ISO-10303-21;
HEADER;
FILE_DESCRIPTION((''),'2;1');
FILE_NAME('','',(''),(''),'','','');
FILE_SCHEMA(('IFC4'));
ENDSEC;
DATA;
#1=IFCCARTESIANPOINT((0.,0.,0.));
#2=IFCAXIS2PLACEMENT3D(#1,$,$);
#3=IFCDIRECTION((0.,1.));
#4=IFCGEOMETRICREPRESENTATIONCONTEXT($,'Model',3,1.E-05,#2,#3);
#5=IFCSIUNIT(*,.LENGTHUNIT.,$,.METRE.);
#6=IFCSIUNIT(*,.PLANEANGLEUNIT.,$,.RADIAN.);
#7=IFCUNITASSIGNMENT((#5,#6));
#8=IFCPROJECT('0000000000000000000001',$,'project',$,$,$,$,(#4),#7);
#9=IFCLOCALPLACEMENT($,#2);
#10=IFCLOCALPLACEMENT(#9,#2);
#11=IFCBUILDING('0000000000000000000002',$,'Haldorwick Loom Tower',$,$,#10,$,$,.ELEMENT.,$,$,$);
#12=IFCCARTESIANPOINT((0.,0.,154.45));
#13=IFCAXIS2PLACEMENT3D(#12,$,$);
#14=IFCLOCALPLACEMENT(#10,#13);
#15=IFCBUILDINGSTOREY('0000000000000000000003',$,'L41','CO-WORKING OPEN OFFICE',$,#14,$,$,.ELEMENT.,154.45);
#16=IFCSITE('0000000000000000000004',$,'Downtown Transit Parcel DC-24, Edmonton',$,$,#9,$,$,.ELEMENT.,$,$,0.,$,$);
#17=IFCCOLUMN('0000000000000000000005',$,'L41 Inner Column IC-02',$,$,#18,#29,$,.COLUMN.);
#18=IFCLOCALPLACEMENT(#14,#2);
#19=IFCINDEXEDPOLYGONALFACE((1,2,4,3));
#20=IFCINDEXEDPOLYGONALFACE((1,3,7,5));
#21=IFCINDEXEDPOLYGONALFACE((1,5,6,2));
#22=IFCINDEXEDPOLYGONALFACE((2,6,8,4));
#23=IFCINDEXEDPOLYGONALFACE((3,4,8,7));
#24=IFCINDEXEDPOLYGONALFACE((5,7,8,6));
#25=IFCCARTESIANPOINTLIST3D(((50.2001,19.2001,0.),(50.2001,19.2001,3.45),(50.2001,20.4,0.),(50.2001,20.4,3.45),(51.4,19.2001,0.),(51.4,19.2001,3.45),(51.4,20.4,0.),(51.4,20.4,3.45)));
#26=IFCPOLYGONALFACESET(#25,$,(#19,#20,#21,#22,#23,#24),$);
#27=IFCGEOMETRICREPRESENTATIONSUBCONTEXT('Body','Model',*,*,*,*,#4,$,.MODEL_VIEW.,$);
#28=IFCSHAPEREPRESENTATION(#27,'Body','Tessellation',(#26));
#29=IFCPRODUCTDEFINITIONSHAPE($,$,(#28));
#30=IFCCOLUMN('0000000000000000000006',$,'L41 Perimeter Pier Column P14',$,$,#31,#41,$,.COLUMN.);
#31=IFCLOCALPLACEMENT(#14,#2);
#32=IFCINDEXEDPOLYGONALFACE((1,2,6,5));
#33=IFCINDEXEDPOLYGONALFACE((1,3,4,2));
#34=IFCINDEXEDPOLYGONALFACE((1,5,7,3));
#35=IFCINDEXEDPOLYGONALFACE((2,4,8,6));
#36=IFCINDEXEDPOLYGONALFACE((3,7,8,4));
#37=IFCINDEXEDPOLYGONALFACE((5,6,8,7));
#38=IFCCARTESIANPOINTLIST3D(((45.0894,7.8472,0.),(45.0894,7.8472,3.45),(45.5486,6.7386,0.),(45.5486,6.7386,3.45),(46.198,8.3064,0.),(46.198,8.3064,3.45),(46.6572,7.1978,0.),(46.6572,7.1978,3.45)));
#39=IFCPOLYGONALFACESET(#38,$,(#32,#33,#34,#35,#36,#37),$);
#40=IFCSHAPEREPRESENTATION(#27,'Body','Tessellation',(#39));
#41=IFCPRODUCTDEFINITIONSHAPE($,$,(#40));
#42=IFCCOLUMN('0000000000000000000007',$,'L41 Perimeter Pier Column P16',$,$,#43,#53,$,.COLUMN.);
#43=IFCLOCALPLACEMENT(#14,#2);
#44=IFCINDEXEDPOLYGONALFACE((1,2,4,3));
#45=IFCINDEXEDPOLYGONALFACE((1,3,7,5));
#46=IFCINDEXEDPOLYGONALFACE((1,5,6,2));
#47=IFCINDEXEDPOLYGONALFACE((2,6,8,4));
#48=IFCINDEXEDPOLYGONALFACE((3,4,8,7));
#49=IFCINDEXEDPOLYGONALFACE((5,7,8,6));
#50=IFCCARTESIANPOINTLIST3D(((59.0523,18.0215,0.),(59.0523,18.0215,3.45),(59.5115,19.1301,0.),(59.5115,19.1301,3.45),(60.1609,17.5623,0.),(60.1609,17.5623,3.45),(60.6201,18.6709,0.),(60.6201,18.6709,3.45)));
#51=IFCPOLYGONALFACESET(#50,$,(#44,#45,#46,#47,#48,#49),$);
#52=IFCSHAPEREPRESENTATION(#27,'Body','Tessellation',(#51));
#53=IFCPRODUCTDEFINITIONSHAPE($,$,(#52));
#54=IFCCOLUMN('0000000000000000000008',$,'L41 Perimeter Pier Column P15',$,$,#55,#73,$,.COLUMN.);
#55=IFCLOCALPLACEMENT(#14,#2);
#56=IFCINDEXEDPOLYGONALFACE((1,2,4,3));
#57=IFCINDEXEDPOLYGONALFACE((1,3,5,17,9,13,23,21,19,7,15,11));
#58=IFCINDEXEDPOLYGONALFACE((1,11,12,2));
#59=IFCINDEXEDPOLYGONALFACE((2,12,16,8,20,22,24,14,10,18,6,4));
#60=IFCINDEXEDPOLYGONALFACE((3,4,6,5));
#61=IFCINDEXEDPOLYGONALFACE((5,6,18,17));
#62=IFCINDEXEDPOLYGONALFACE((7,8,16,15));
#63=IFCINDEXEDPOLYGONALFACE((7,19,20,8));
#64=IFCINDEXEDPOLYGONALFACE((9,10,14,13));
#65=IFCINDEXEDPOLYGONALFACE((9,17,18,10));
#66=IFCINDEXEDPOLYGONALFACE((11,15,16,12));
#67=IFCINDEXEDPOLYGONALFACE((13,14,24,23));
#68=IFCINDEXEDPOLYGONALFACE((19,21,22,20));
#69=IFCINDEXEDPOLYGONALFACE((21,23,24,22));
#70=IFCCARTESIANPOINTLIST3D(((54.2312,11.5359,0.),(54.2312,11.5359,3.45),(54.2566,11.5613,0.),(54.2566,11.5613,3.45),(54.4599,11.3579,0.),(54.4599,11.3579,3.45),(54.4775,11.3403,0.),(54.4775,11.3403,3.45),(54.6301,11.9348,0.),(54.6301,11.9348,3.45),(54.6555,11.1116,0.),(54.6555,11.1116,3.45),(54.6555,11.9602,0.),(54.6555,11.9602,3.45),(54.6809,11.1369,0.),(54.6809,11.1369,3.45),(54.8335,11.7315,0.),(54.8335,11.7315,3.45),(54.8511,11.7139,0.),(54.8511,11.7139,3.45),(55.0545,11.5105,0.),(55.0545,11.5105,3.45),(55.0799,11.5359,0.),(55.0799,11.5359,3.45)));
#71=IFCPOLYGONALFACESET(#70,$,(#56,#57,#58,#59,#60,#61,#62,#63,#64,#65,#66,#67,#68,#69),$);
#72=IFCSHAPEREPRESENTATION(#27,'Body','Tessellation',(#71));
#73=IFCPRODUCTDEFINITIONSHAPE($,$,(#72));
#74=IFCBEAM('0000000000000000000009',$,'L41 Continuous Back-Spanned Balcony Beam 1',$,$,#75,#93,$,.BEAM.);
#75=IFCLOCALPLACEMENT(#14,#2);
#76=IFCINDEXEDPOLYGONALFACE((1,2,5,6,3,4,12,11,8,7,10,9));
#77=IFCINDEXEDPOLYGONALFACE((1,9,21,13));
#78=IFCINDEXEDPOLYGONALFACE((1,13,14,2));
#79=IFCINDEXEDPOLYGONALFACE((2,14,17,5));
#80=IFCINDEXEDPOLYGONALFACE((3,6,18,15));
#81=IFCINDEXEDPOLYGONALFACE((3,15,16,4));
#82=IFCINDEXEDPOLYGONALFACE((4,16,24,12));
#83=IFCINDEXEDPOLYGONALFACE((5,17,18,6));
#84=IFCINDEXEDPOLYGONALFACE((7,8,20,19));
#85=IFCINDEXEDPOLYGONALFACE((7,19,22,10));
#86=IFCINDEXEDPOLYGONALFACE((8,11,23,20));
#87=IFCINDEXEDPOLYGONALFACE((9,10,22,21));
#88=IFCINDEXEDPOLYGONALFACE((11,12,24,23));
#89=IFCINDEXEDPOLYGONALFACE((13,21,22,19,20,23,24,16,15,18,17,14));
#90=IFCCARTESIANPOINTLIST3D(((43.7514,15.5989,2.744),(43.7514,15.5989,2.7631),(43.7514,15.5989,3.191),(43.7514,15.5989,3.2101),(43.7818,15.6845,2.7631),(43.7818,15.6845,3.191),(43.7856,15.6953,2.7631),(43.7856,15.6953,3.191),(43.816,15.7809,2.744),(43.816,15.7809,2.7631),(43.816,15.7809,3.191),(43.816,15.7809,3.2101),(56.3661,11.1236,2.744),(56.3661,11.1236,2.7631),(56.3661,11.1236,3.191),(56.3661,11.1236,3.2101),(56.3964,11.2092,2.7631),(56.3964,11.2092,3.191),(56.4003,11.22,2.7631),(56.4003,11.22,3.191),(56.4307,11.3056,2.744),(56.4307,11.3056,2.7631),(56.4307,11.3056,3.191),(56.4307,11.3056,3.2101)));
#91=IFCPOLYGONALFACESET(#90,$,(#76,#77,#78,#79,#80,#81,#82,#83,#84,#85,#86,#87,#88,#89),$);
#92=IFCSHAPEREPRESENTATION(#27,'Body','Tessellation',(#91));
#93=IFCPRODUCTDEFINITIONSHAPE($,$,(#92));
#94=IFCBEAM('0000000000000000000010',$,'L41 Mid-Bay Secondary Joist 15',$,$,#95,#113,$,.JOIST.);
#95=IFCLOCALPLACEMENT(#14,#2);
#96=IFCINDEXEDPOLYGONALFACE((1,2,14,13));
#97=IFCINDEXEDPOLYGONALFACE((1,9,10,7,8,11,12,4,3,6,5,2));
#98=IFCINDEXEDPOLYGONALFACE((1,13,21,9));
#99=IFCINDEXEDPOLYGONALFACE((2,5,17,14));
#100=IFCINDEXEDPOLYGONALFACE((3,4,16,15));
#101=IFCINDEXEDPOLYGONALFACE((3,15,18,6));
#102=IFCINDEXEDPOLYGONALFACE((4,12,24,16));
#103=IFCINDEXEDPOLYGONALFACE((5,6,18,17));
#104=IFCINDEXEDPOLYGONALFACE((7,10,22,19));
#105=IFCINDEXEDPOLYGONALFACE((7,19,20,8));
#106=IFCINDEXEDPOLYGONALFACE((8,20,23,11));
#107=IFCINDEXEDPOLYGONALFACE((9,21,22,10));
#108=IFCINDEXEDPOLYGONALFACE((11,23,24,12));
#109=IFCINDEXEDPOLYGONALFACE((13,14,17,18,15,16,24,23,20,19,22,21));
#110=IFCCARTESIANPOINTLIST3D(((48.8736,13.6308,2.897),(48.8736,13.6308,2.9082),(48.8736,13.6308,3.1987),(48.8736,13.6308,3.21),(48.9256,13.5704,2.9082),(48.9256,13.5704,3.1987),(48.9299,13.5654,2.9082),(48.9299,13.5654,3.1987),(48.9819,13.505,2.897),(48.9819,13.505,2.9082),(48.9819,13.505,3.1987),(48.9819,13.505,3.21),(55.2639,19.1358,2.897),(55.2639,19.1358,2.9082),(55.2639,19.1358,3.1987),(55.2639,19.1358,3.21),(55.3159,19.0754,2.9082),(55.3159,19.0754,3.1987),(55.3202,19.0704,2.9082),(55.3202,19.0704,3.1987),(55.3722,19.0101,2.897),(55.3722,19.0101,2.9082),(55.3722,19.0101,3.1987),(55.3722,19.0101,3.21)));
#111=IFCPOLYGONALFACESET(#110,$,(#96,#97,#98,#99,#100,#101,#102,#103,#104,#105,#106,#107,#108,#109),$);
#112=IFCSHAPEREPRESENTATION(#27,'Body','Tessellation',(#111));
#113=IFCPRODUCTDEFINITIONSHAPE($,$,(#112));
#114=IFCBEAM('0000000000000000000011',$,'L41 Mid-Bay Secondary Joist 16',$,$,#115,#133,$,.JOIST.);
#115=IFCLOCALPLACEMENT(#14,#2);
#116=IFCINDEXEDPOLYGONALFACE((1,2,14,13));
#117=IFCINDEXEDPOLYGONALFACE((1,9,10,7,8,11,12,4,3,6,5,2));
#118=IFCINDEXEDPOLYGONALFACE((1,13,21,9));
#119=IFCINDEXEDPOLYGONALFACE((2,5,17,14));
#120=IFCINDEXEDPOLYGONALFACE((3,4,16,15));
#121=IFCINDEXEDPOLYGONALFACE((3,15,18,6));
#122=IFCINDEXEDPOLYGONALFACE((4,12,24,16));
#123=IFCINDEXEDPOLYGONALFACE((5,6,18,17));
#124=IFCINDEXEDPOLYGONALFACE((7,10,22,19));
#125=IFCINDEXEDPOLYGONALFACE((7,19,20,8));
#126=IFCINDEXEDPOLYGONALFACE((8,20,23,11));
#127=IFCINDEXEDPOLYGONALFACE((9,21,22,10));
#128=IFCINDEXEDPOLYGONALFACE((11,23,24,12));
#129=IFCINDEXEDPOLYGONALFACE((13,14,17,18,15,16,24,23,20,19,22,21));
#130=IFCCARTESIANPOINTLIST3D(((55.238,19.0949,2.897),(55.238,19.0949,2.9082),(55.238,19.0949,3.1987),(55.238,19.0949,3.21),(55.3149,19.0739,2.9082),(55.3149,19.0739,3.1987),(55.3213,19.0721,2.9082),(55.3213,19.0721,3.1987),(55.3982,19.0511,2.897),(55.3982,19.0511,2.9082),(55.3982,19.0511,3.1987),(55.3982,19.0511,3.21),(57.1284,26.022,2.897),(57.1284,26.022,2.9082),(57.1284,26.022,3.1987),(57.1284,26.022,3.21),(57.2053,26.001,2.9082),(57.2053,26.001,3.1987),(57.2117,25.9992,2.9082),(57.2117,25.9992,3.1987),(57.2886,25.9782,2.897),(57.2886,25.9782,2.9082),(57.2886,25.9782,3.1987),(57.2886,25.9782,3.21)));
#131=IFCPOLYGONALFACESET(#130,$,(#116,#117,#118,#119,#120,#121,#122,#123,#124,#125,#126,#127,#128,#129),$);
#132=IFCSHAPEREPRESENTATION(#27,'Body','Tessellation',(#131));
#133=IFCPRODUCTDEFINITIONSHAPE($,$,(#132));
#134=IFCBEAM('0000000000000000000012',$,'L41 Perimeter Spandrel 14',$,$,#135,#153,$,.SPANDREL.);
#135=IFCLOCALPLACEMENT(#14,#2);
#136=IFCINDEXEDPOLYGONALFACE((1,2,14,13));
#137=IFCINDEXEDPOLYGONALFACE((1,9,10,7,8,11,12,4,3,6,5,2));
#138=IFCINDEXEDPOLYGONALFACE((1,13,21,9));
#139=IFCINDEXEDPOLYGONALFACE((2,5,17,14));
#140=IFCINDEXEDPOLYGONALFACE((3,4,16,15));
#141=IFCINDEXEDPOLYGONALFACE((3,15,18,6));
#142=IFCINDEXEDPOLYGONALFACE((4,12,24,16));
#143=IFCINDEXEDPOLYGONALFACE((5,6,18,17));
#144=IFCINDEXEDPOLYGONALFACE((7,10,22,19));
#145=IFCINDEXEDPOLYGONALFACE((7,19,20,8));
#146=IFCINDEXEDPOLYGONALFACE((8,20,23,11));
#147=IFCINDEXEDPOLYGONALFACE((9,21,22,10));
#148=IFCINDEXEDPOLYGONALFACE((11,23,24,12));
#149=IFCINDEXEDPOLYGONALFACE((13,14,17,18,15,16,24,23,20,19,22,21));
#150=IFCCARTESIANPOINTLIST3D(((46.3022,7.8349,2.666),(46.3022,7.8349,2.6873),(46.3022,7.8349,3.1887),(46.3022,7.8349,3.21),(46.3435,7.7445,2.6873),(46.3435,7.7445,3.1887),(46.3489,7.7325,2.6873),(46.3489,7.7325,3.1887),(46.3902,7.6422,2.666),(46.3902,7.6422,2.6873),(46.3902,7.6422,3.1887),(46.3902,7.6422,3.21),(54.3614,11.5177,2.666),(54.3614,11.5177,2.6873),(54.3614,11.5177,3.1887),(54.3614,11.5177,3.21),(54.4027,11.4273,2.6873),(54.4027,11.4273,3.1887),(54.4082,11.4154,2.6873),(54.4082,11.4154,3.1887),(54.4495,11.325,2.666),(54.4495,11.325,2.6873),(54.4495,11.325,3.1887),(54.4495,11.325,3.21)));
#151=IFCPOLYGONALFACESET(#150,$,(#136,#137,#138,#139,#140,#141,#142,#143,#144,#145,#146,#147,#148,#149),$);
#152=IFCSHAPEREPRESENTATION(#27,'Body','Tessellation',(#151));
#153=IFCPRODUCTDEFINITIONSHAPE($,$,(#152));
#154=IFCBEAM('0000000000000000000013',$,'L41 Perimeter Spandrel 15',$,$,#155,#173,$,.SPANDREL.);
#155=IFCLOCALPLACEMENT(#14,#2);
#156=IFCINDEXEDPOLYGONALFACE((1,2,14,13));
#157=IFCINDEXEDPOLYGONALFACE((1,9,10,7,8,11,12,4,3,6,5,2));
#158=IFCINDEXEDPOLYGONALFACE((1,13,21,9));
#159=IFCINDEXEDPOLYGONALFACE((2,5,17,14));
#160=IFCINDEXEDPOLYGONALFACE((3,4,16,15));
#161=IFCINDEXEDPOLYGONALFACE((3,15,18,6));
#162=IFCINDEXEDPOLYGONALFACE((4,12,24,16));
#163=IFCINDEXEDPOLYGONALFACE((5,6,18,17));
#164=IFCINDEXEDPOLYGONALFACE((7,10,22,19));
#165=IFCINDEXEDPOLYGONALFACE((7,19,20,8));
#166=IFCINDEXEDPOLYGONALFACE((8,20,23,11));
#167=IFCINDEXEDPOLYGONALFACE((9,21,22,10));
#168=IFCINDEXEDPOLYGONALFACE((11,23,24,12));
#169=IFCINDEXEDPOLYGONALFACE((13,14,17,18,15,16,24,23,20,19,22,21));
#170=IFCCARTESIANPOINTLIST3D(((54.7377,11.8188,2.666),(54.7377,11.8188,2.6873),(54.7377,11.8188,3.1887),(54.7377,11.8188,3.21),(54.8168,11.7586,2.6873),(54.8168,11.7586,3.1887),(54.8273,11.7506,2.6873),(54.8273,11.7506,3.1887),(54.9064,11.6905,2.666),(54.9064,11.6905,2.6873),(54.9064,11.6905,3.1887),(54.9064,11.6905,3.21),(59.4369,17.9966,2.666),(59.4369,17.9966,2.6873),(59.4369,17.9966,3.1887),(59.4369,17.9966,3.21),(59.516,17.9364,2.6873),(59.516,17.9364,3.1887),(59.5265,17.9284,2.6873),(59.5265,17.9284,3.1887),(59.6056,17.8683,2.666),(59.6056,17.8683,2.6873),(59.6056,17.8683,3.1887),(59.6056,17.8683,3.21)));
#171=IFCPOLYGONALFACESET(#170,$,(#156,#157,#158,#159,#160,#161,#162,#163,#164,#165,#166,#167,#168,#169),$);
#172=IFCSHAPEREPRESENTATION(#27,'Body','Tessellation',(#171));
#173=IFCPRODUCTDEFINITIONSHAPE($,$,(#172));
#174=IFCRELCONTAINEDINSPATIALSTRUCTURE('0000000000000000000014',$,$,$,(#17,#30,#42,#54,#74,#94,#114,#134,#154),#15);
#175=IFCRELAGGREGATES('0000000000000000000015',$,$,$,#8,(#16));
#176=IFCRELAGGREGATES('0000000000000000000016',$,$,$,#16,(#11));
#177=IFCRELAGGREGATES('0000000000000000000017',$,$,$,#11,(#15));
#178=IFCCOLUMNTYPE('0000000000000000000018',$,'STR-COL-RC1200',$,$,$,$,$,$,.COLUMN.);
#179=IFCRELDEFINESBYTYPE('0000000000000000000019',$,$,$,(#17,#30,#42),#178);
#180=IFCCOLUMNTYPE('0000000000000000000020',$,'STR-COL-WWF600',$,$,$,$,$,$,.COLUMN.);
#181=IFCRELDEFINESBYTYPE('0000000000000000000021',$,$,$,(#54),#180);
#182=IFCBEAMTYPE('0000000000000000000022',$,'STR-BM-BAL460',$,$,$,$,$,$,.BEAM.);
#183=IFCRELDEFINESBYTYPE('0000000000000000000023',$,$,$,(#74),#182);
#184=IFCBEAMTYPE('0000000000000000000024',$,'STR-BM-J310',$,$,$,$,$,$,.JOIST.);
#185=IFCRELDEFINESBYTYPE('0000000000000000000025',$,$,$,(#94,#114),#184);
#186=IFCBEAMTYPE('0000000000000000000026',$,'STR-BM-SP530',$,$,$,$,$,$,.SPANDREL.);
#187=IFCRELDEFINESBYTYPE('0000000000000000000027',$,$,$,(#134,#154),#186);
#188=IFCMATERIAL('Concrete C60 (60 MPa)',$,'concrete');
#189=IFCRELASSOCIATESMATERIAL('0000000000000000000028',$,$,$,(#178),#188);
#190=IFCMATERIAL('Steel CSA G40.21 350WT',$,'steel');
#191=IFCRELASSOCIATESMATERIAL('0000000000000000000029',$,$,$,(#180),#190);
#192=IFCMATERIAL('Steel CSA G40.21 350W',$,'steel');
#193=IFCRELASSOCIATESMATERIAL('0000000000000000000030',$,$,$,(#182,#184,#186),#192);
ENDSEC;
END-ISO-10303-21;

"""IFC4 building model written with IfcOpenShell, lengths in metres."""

from ifc_helpers import new_model, si_unit, direction, frame, origin, origin_2d, place, context, subcontext, project, spatial, rectangle, i_section, extrude, material, material_profile, profile_set, type_object, element, save


model = new_model("IFC4")

# Units and contexts
model_context = context("Model", 3, precision=1e-05, world=origin(), true_north=direction((0.0, 1.0)))
body_context = subcontext(model_context, "Body", "Model", "MODEL_VIEW")
ifc_project = project(units=[si_unit("LENGTHUNIT", "METRE"), si_unit("PLANEANGLEUNIT", "RADIAN")], contexts=[model_context])

# Site, building, storey
site_placement = place(None, origin())
site = spatial("IfcSite", under=ifc_project, at=site_placement, Name="Downtown Transit Parcel DC-24, Edmonton", CompositionType="ELEMENT", RefElevation=0.0)
building_placement = place(site_placement, origin())
building = spatial("IfcBuilding", under=site, at=building_placement, Name="Haldorwick Loom Tower", CompositionType="ELEMENT")
storey_placement = place(building_placement, frame((0.0, 0.0, 154.45)))
storey = spatial("IfcBuildingStorey", under=building, at=storey_placement, Name="L41", Description="CO-WORKING OPEN OFFICE", CompositionType="ELEMENT", Elevation=154.45)

# Columns
ifc_material_1 = material(Name="Concrete C60 (60 MPa)", Category="concrete")
ifc_material_profile_1 = material_profile(ifc_material_1, rectangle(XDim=1.2, YDim=1.2, at=origin_2d()), Name="RC1200X1200", Category="concrete")
ifc_profile_set_1 = profile_set([ifc_material_profile_1], Name="Concrete C60 (60 MPa)")
column_type_1 = type_object("IfcColumnType", Name="STR-COL-RC1200", PredefinedType="COLUMN", material=ifc_profile_set_1)
for number, where, z_axis, x_axis, name in (
    (1, (50.8, 19.8, 0.0), (0.0, 0.0, 1.0), (1.0, 0.0, 0.0), "L41 Inner Column IC-02"),
    (2, (45.8733, 7.5225, 0.0), (0.0, 0.0, 1.0), (0.382683, -0.92388, 0.0), "L41 Perimeter Pier Column P14"),
    (3, (59.8362, 18.3462, 0.0), (0.0, 0.0, 1.0), (0.92388, -0.382683, 0.0), "L41 Perimeter Pier Column P16"),
):
    element("IfcColumn", number, at=place(storey_placement, frame(where, z_axis=z_axis, x_axis=x_axis)), inside=storey, type_object=column_type_1, Name=name, PredefinedType="COLUMN", context=body_context, shape_type="SweptSolid", body=[
        extrude(rectangle(XDim=1.2, YDim=1.2, at=origin_2d()), origin(), (0.0, 0.0, 1.0), 3.45),
    ])
ifc_material_2 = material(Name="Steel CSA G40.21 350WT", Category="steel")
ifc_material_profile_2 = material_profile(ifc_material_2, i_section(OverallWidth=0.6001, OverallDepth=0.6001, WebThickness=0.0249, FlangeThickness=0.0359, at=origin_2d()), Name="WWF600X600", Category="steel")
ifc_profile_set_2 = profile_set([ifc_material_profile_2], Name="Steel CSA G40.21 350WT")
column_type_2 = type_object("IfcColumnType", Name="STR-COL-WWF600", PredefinedType="COLUMN", material=ifc_profile_set_2)
column_placement = place(storey_placement, frame((54.6555, 11.5359, 0.0), z_axis=(0.0, 0.0, 1.0), x_axis=(0.707107, -0.707107, 0.0)))
element("IfcColumn", 4, at=column_placement, inside=storey, type_object=column_type_2, Name="L41 Perimeter Pier Column P15", PredefinedType="COLUMN", context=body_context, shape_type="SweptSolid", body=[
    extrude(i_section(OverallWidth=0.6001, OverallDepth=0.6001, WebThickness=0.0249, FlangeThickness=0.0359, at=origin_2d()), origin(), (0.0, 0.0, 1.0), 3.45),
])

# Beams
ifc_material_3 = material(Name="Steel CSA G40.21 350W", Category="steel")
ifc_material_profile_3 = material_profile(ifc_material_3, i_section(OverallWidth=0.1931, OverallDepth=0.4661, WebThickness=0.0115, FlangeThickness=0.019, at=origin_2d()), Name="W460X97", Category="steel")
ifc_profile_set_3 = profile_set([ifc_material_profile_3], Name="Steel CSA G40.21 350W")
beam_type_1 = type_object("IfcBeamType", Name="STR-BM-BAL460", PredefinedType="BEAM", material=ifc_profile_set_3)
beam_1_placement = place(storey_placement, frame((43.7837, 15.6899, 2.9771), z_axis=(0.942448, -0.334353, 0.0), x_axis=(0.334353, 0.942448, 0.0)))
element("IfcBeam", 5, at=beam_1_placement, inside=storey, type_object=beam_type_1, Name="L41 Continuous Back-Spanned Balcony Beam 1", PredefinedType="BEAM", context=body_context, shape_type="SweptSolid", body=[
    extrude(i_section(OverallWidth=0.1931, OverallDepth=0.4661, WebThickness=0.0115, FlangeThickness=0.019, at=origin_2d()), origin(), (0.0, 0.0, 1.0), 13.385),
])
ifc_material_profile_4 = material_profile(ifc_material_3, i_section(OverallWidth=0.166, OverallDepth=0.313, WebThickness=0.0066, FlangeThickness=0.0112, at=origin_2d()), Name="W310X45", Category="steel")
ifc_profile_set_4 = profile_set([ifc_material_profile_4], Name="Steel CSA G40.21 350W")
beam_type_2 = type_object("IfcBeamType", Name="STR-BM-J310", PredefinedType="JOIST", material=ifc_profile_set_4)
beam_2_placement = place(storey_placement, frame((48.9277, 13.5679, 3.0535), z_axis=(0.757634, 0.65268, 0.0), x_axis=(-0.65268, 0.757634, 0.0)))
element("IfcBeam", 6, at=beam_2_placement, inside=storey, type_object=beam_type_2, Name="L41 Mid-Bay Secondary Joist 15", PredefinedType="JOIST", context=body_context, shape_type="SweptSolid", body=[
    extrude(i_section(OverallWidth=0.166, OverallDepth=0.313, WebThickness=0.0066, FlangeThickness=0.0112, at=origin_2d()), origin(), (0.0, 0.0, 1.0), 8.4346),
])
beam_3_placement = place(storey_placement, frame((55.3181, 19.073, 3.0535), z_axis=(0.263273, 0.964721, 0.0), x_axis=(-0.964721, 0.263273, 0.0)))
element("IfcBeam", 7, at=beam_3_placement, inside=storey, type_object=beam_type_2, Name="L41 Mid-Bay Secondary Joist 16", PredefinedType="JOIST", context=body_context, shape_type="SweptSolid", body=[
    extrude(i_section(OverallWidth=0.166, OverallDepth=0.313, WebThickness=0.0066, FlangeThickness=0.0112, at=origin_2d()), origin(), (0.0, 0.0, 1.0), 7.1804),
])
ifc_material_profile_5 = material_profile(ifc_material_3, i_section(OverallWidth=0.2119, OverallDepth=0.5439, WebThickness=0.0132, FlangeThickness=0.0212, at=origin_2d()), Name="W530X123", Category="steel")
ifc_profile_set_5 = profile_set([ifc_material_profile_5], Name="Steel CSA G40.21 350W")
beam_type_3 = type_object("IfcBeamType", Name="STR-BM-SP530", PredefinedType="SPANDREL", material=ifc_profile_set_5)
beam_4_placement = place(storey_placement, frame((46.3462, 7.7385, 2.938), z_axis=(0.909534, 0.415629, 0.0), x_axis=(-0.415629, 0.909534, 0.0)))
element("IfcBeam", 8, at=beam_4_placement, inside=storey, type_object=beam_type_3, Name="L41 Perimeter Spandrel 14", PredefinedType="SPANDREL", context=body_context, shape_type="SweptSolid", body=[
    extrude(i_section(OverallWidth=0.2119, OverallDepth=0.5439, WebThickness=0.0132, FlangeThickness=0.0212, at=origin_2d()), origin(), (0.0, 0.0, 1.0), 8.8608),
])
beam_5_placement = place(storey_placement, frame((54.822, 11.7546, 2.938), z_axis=(0.605421, 0.795905, 0.0), x_axis=(-0.795905, 0.605421, 0.0)))
element("IfcBeam", 9, at=beam_5_placement, inside=storey, type_object=beam_type_3, Name="L41 Perimeter Spandrel 15", PredefinedType="SPANDREL", context=body_context, shape_type="SweptSolid", body=[
    extrude(i_section(OverallWidth=0.2119, OverallDepth=0.5439, WebThickness=0.0132, FlangeThickness=0.0212, at=origin_2d()), origin(), (0.0, 0.0, 1.0), 7.762),
])

save(model, "model.ifc")
